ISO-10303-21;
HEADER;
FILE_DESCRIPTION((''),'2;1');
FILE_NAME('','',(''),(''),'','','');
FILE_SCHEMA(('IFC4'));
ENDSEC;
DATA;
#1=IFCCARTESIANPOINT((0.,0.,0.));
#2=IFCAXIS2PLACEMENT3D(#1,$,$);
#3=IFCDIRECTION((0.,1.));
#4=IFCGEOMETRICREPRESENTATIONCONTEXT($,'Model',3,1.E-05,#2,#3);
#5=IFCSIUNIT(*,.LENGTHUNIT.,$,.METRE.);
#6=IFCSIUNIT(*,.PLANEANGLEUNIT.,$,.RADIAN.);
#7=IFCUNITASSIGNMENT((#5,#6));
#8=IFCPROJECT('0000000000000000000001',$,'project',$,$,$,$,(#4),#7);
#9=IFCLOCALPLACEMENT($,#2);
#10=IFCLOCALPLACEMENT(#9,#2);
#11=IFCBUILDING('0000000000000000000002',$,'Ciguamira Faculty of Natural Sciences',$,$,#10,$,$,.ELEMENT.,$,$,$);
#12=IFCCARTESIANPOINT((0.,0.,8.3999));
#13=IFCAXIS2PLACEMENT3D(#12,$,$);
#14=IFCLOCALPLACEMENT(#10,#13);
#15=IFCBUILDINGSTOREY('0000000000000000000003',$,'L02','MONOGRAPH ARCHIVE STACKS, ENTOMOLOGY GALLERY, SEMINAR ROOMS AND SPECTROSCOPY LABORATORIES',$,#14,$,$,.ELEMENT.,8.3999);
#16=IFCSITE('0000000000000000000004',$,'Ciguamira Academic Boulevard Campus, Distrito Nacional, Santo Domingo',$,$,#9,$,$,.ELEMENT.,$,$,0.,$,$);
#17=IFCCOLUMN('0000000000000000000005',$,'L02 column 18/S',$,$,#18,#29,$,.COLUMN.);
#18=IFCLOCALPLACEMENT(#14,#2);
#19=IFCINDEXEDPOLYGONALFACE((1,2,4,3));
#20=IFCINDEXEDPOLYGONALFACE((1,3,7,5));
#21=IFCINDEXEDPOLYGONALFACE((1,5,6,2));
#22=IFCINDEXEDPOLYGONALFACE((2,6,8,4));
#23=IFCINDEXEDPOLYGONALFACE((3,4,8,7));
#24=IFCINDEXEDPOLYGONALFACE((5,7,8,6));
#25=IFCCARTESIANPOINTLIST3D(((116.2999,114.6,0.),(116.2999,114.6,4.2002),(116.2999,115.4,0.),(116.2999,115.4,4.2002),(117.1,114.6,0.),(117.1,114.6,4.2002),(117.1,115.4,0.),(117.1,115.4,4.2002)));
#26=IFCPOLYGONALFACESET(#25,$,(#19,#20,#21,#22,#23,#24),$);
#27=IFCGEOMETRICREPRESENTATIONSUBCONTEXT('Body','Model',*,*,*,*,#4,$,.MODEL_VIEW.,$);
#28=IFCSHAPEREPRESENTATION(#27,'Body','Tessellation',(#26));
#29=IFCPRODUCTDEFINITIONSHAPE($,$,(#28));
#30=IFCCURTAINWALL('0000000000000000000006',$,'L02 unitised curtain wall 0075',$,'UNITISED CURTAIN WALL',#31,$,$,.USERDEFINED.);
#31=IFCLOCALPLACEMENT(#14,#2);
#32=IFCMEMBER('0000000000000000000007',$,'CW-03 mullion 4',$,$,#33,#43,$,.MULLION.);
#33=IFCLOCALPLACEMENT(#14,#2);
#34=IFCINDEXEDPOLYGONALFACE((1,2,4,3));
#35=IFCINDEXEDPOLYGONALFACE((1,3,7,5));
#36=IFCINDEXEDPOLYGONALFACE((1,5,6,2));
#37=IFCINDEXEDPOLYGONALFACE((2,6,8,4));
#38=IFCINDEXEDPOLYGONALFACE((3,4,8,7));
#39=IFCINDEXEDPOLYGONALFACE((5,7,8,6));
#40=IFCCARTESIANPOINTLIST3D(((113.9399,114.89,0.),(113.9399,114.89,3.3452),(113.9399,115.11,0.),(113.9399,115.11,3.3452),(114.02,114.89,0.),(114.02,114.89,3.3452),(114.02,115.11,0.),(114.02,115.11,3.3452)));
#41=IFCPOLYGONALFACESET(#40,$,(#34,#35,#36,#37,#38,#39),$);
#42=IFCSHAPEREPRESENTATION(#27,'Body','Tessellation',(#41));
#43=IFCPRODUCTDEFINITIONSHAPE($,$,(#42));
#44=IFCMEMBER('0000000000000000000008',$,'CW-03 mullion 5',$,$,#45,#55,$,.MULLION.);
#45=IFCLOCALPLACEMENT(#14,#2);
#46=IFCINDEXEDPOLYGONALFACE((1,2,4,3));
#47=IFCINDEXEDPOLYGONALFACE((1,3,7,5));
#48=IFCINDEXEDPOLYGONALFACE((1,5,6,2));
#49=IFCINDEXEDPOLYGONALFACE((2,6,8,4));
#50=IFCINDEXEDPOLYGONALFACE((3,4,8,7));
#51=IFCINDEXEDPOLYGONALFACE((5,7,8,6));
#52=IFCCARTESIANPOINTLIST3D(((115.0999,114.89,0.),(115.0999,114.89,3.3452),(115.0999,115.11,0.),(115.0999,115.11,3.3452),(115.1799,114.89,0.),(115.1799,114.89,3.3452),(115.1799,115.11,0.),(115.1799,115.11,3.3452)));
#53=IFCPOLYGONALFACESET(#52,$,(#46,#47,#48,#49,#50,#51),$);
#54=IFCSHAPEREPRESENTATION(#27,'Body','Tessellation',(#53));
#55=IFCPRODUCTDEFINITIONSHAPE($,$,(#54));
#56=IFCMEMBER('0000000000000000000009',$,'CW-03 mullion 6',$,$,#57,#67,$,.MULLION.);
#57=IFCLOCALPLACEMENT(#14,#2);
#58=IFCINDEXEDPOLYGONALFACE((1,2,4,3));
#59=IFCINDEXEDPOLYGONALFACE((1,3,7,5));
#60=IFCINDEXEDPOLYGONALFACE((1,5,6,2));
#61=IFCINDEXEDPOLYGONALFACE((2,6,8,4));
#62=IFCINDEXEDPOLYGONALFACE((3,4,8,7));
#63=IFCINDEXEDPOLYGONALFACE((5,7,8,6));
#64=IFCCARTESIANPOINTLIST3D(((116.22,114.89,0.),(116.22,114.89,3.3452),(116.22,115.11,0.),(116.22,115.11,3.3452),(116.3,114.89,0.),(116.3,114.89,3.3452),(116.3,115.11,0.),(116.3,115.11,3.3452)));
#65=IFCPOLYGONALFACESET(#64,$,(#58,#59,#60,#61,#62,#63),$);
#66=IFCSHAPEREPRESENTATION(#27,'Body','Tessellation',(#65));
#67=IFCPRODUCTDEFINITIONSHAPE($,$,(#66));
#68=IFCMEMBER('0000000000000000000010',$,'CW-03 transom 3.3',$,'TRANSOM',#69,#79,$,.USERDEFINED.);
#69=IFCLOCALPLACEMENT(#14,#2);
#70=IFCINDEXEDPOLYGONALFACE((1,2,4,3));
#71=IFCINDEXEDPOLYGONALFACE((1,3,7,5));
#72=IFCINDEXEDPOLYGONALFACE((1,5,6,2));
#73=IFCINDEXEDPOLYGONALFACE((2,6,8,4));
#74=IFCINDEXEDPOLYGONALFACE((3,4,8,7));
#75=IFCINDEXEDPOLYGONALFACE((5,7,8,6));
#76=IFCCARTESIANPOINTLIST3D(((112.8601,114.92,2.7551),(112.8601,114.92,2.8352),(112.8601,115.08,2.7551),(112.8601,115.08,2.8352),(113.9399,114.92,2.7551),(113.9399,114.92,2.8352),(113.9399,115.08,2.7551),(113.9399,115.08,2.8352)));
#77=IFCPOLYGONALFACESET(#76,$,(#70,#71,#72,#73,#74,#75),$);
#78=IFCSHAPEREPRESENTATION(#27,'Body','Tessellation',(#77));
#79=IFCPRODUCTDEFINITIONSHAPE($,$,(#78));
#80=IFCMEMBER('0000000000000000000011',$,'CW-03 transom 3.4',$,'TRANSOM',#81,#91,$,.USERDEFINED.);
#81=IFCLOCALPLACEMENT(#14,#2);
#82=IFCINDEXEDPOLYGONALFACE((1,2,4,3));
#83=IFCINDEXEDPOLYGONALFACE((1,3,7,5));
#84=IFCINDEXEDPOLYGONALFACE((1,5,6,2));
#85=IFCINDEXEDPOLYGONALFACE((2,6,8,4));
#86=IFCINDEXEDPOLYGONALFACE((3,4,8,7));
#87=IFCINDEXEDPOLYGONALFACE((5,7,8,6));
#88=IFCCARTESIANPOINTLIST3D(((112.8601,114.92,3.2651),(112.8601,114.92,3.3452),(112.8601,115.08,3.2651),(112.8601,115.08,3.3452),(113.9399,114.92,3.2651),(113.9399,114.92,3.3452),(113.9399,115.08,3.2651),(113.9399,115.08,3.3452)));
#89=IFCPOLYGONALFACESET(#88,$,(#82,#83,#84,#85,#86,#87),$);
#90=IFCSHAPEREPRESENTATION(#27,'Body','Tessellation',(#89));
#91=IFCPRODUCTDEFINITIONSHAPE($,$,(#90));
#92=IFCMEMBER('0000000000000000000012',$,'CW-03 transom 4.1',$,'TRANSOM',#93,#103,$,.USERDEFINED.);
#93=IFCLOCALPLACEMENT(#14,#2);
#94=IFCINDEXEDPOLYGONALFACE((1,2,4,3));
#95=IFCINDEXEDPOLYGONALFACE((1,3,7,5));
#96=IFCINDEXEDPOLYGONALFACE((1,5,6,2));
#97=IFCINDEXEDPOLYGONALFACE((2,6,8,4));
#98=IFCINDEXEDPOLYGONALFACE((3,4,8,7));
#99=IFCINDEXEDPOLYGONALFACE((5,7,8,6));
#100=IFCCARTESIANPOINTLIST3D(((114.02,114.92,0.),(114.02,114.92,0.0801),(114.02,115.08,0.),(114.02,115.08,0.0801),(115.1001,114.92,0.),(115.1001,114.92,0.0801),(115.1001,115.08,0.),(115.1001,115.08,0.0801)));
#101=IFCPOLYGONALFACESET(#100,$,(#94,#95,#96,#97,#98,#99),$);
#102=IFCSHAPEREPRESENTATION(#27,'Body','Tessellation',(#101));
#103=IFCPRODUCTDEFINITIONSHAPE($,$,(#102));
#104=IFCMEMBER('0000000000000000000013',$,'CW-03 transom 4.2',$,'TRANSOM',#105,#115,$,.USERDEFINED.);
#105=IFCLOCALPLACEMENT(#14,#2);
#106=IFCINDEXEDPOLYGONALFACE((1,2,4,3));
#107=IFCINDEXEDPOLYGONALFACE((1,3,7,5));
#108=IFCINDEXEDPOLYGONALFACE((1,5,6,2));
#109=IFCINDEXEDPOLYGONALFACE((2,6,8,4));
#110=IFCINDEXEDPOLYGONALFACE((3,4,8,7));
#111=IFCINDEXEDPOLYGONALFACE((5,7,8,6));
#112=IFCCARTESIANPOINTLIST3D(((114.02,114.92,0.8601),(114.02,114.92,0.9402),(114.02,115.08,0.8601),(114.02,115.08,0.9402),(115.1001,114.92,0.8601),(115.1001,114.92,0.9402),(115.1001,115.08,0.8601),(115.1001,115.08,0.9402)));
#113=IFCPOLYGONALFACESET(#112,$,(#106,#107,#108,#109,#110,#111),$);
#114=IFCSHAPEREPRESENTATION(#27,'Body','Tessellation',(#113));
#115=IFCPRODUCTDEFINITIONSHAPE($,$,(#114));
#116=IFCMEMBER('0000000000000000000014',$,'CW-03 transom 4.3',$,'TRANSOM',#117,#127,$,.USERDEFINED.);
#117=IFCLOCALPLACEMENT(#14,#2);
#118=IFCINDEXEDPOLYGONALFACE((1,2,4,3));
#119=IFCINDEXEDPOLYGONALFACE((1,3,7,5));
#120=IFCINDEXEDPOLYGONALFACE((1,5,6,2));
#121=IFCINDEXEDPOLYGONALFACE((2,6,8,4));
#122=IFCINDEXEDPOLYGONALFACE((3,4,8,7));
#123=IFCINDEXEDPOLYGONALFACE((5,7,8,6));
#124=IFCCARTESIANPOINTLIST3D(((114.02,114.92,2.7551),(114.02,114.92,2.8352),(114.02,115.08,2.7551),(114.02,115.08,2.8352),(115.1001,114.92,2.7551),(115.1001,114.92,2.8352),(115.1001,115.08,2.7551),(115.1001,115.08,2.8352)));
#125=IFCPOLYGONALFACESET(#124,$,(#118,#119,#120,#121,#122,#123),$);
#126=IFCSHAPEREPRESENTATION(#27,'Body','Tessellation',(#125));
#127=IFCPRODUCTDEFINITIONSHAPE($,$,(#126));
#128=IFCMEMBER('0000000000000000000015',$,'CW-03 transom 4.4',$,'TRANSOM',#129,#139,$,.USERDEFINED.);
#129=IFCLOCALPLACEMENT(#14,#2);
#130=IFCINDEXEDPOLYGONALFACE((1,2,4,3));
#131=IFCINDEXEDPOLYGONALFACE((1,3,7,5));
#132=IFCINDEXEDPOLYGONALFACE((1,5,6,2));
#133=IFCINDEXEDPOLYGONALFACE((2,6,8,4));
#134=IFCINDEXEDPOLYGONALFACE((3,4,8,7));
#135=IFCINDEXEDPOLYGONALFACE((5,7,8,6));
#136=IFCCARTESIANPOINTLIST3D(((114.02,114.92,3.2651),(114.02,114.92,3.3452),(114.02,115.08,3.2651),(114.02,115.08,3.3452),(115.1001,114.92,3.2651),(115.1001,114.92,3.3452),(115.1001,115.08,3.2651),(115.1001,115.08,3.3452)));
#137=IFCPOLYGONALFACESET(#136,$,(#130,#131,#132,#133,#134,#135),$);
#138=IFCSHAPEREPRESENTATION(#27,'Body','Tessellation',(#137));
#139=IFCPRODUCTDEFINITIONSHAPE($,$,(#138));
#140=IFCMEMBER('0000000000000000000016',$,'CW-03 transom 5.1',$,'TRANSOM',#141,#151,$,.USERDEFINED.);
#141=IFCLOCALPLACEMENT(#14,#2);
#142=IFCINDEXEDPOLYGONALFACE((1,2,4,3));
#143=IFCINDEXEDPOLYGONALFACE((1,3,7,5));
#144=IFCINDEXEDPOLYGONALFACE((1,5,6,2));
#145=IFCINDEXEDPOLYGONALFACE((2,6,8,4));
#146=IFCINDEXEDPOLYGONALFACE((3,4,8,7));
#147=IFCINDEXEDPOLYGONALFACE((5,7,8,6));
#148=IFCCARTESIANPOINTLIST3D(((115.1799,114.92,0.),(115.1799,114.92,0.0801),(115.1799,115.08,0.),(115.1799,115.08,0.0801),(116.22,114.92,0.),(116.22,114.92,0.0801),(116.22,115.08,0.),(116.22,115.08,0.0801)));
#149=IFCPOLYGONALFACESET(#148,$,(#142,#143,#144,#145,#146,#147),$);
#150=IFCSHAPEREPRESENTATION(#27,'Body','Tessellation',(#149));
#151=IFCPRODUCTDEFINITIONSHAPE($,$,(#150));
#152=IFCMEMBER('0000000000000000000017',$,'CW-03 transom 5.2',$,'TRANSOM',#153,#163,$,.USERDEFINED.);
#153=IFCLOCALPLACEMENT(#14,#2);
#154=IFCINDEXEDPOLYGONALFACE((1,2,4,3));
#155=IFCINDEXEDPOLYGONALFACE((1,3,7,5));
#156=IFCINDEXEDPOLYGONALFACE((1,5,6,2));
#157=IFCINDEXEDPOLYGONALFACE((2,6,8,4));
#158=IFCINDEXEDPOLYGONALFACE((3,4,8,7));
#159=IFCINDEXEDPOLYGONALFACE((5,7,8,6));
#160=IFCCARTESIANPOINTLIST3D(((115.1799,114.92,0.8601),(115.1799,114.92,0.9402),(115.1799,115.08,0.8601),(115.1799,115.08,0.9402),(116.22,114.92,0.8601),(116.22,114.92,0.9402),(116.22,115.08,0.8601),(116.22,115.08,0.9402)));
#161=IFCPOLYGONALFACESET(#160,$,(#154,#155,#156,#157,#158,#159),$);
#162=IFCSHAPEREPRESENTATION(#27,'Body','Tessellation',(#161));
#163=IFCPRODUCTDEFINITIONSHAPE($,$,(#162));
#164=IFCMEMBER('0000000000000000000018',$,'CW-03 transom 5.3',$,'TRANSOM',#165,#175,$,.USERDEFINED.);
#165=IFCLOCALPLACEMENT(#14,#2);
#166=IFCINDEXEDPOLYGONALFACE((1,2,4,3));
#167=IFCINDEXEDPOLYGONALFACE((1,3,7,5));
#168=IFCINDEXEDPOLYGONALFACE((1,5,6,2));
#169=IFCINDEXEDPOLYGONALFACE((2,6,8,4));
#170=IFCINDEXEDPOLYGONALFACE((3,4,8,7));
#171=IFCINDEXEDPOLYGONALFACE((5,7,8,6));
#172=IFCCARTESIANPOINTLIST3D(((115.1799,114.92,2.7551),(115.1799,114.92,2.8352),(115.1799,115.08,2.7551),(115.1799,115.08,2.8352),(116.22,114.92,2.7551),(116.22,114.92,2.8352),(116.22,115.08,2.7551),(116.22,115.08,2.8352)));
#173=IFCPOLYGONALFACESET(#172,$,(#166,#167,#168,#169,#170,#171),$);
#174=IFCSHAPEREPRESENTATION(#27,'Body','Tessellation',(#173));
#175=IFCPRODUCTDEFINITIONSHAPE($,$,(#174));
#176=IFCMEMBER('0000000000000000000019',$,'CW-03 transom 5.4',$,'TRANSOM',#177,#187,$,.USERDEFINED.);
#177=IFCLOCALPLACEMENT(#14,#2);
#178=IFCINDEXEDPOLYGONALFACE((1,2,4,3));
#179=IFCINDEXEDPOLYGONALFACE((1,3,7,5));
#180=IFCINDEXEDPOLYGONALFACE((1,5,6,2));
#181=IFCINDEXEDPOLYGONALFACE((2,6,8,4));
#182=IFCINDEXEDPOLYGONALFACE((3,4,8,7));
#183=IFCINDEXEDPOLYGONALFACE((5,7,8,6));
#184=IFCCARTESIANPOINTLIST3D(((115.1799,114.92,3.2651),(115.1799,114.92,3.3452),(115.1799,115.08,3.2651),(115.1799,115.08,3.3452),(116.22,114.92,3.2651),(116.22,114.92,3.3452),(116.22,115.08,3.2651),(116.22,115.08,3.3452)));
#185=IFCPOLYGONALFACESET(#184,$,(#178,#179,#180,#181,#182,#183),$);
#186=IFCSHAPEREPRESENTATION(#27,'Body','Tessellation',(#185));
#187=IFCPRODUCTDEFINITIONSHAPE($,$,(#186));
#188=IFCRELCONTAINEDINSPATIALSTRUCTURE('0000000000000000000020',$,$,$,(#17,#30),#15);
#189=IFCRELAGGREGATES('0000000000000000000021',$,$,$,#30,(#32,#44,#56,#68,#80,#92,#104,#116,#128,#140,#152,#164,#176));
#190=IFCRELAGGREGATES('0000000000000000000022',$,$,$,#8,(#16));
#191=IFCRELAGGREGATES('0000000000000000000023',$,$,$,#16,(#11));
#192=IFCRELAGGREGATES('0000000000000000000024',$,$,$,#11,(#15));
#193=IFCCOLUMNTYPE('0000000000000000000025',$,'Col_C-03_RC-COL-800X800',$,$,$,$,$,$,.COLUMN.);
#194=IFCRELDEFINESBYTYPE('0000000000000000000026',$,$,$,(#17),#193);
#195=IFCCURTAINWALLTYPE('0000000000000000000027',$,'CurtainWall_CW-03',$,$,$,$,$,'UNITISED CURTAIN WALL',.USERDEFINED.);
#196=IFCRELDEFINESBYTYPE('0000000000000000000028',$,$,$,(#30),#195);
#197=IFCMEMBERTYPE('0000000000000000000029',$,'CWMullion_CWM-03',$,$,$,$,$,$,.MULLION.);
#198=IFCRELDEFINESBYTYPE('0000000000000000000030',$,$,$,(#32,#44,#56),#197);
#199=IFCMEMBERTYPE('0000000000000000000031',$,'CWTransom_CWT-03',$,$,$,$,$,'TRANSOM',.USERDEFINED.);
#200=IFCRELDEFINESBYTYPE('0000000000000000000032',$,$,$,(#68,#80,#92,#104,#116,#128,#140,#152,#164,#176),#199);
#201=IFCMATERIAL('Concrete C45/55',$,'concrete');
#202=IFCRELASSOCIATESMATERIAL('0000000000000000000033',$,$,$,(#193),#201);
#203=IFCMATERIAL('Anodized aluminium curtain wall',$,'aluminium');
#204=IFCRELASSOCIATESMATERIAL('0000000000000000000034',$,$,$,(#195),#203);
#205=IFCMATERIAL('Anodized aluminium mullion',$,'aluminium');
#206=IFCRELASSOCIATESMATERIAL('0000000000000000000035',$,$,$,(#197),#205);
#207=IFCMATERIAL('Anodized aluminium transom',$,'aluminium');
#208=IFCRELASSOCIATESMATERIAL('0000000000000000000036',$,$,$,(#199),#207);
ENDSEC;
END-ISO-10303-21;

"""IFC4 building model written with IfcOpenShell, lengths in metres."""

from ifc_helpers import new_model, si_unit, direction, frame, origin, origin_2d, place, context, subcontext, project, spatial, rectangle, extrude, material, material_profile, profile_set, type_object, element, aggregate, save


model = new_model("IFC4")

# Units and contexts
model_context = context("Model", 3, precision=1e-05, world=origin(), true_north=direction((0.0, 1.0)))
body_context = subcontext(model_context, "Body", "Model", "MODEL_VIEW")
ifc_project = project(units=[si_unit("LENGTHUNIT", "METRE"), si_unit("PLANEANGLEUNIT", "RADIAN")], contexts=[model_context])

# Site, building, storey
site_placement = place(None, origin())
site = spatial("IfcSite", under=ifc_project, at=site_placement, Name="Ciguamira Academic Boulevard Campus, Distrito Nacional, Santo Domingo", CompositionType="ELEMENT", RefElevation=0.0)
building_placement = place(site_placement, origin())
building = spatial("IfcBuilding", under=site, at=building_placement, Name="Ciguamira Faculty of Natural Sciences", CompositionType="ELEMENT")
storey_placement = place(building_placement, frame((0.0, 0.0, 8.3999)))
storey = spatial("IfcBuildingStorey", under=building, at=storey_placement, Name="L02", Description="MONOGRAPH ARCHIVE STACKS, ENTOMOLOGY GALLERY, SEMINAR ROOMS AND SPECTROSCOPY LABORATORIES", CompositionType="ELEMENT", Elevation=8.3999)

# Column
ifc_material_1 = material(Name="Concrete C45/55", Category="concrete")
ifc_material_profile_1 = material_profile(ifc_material_1, rectangle(XDim=0.8, YDim=0.8, at=origin_2d()), Name="RC-COL-800X800")
ifc_profile_set_1 = profile_set([ifc_material_profile_1], Name="Concrete C45/55")
column_type = type_object("IfcColumnType", Name="Col_C-03_RC-COL-800X800", PredefinedType="COLUMN", material=ifc_profile_set_1)
column_placement = place(storey_placement, frame((116.7, 115.0, 0.0), z_axis=(0.0, 0.0, 1.0), x_axis=(1.0, 0.0, 0.0)))
element("IfcColumn", 1, at=column_placement, inside=storey, type_object=column_type, Name="L02 column 18/S", PredefinedType="COLUMN", context=body_context, shape_type="SweptSolid", body=[
    extrude(rectangle(XDim=0.8, YDim=0.8, at=origin_2d()), origin(), (0.0, 0.0, 1.0), 4.2002),
])

# Curtain wall, members
ifc_material_2 = material(Name="Anodized aluminium curtain wall", Category="aluminium")
curtain_wall_type = type_object("IfcCurtainWallType", Name="CurtainWall_CW-03", ElementType="UNITISED CURTAIN WALL", PredefinedType="USERDEFINED", material=ifc_material_2)
curtain_wall_placement = place(storey_placement, origin())
curtain_wall = element("IfcCurtainWall", 2, at=curtain_wall_placement, inside=storey, type_object=curtain_wall_type, Name="L02 unitised curtain wall 0075", ObjectType="UNITISED CURTAIN WALL", PredefinedType="USERDEFINED")
ifc_material_3 = material(Name="Anodized aluminium mullion", Category="aluminium")
ifc_material_profile_2 = material_profile(ifc_material_3, rectangle(XDim=0.0801, YDim=0.22, at=origin_2d()), Name="ALU-MUL-80X220")
ifc_profile_set_2 = profile_set([ifc_material_profile_2], Name="Anodized aluminium mullion")
member_type_1 = type_object("IfcMemberType", Name="CWMullion_CWM-03", PredefinedType="MULLION", material=ifc_profile_set_2)
member_1_placement = place(storey_placement, frame((113.98, 115.0, 0.0), z_axis=(0.0, 0.0, 1.0), x_axis=(1.0, 0.0, 0.0)))
member_1 = element("IfcMember", 3, at=member_1_placement, type_object=member_type_1, Name="CW-03 mullion 4", PredefinedType="MULLION", context=body_context, shape_type="SweptSolid", body=[
    extrude(rectangle(XDim=0.0801, YDim=0.22, at=origin_2d()), origin(), (0.0, 0.0, 1.0), 3.3452),
])
member_2_placement = place(storey_placement, frame((115.1399, 115.0, 0.0), z_axis=(0.0, 0.0, 1.0), x_axis=(1.0, 0.0, 0.0)))
member_2 = element("IfcMember", 4, at=member_2_placement, type_object=member_type_1, Name="CW-03 mullion 5", PredefinedType="MULLION", context=body_context, shape_type="SweptSolid", body=[
    extrude(rectangle(XDim=0.0801, YDim=0.22, at=origin_2d()), origin(), (0.0, 0.0, 1.0), 3.3452),
])
member_3_placement = place(storey_placement, frame((116.26, 115.0, 0.0), z_axis=(0.0, 0.0, 1.0), x_axis=(1.0, 0.0, 0.0)))
member_3 = element("IfcMember", 5, at=member_3_placement, type_object=member_type_1, Name="CW-03 mullion 6", PredefinedType="MULLION", context=body_context, shape_type="SweptSolid", body=[
    extrude(rectangle(XDim=0.0801, YDim=0.22, at=origin_2d()), origin(), (0.0, 0.0, 1.0), 3.3452),
])
ifc_material_4 = material(Name="Anodized aluminium transom", Category="aluminium")
ifc_material_profile_3 = material_profile(ifc_material_4, rectangle(XDim=0.0801, YDim=0.1599, at=origin_2d()), Name="ALU-TRN-80X160")
ifc_profile_set_3 = profile_set([ifc_material_profile_3], Name="Anodized aluminium transom")
member_type_2 = type_object("IfcMemberType", Name="CWTransom_CWT-03", ElementType="TRANSOM", PredefinedType="USERDEFINED", material=ifc_profile_set_3)
member_4_placement = place(storey_placement, frame((112.8601, 115.0, 2.7952), z_axis=(1.0, 0.0, 0.0), x_axis=(0.0, 0.0, 1.0)))
member_4 = element("IfcMember", 6, at=member_4_placement, type_object=member_type_2, Name="CW-03 transom 3.3", ObjectType="TRANSOM", PredefinedType="USERDEFINED", context=body_context, shape_type="SweptSolid", body=[
    extrude(rectangle(XDim=0.0801, YDim=0.1599, at=origin_2d()), origin(), (0.0, 0.0, 1.0), 1.0798),
])
member_5_placement = place(storey_placement, frame((112.8601, 115.0, 3.3052), z_axis=(1.0, 0.0, 0.0), x_axis=(0.0, 0.0, 1.0)))
member_5 = element("IfcMember", 7, at=member_5_placement, type_object=member_type_2, Name="CW-03 transom 3.4", ObjectType="TRANSOM", PredefinedType="USERDEFINED", context=body_context, shape_type="SweptSolid", body=[
    extrude(rectangle(XDim=0.0801, YDim=0.1599, at=origin_2d()), origin(), (0.0, 0.0, 1.0), 1.0798),
])
member_6_placement = place(storey_placement, frame((114.02, 115.0, 0.04), z_axis=(1.0, 0.0, 0.0), x_axis=(0.0, 0.0, 1.0)))
member_6 = element("IfcMember", 8, at=member_6_placement, type_object=member_type_2, Name="CW-03 transom 4.1", ObjectType="TRANSOM", PredefinedType="USERDEFINED", context=body_context, shape_type="SweptSolid", body=[
    extrude(rectangle(XDim=0.0801, YDim=0.1599, at=origin_2d()), origin(), (0.0, 0.0, 1.0), 1.0801),
])
member_7_placement = place(storey_placement, frame((114.02, 115.0, 0.9001), z_axis=(1.0, 0.0, 0.0), x_axis=(0.0, 0.0, 1.0)))
member_7 = element("IfcMember", 9, at=member_7_placement, type_object=member_type_2, Name="CW-03 transom 4.2", ObjectType="TRANSOM", PredefinedType="USERDEFINED", context=body_context, shape_type="SweptSolid", body=[
    extrude(rectangle(XDim=0.0801, YDim=0.1599, at=origin_2d()), origin(), (0.0, 0.0, 1.0), 1.0801),
])
member_8_placement = place(storey_placement, frame((114.02, 115.0, 2.7952), z_axis=(1.0, 0.0, 0.0), x_axis=(0.0, 0.0, 1.0)))
member_8 = element("IfcMember", 10, at=member_8_placement, type_object=member_type_2, Name="CW-03 transom 4.3", ObjectType="TRANSOM", PredefinedType="USERDEFINED", context=body_context, shape_type="SweptSolid", body=[
    extrude(rectangle(XDim=0.0801, YDim=0.1599, at=origin_2d()), origin(), (0.0, 0.0, 1.0), 1.0801),
])
member_9_placement = place(storey_placement, frame((114.02, 115.0, 3.3052), z_axis=(1.0, 0.0, 0.0), x_axis=(0.0, 0.0, 1.0)))
member_9 = element("IfcMember", 11, at=member_9_placement, type_object=member_type_2, Name="CW-03 transom 4.4", ObjectType="TRANSOM", PredefinedType="USERDEFINED", context=body_context, shape_type="SweptSolid", body=[
    extrude(rectangle(XDim=0.0801, YDim=0.1599, at=origin_2d()), origin(), (0.0, 0.0, 1.0), 1.0801),
])
member_10_placement = place(storey_placement, frame((115.1799, 115.0, 0.04), z_axis=(1.0, 0.0, 0.0), x_axis=(0.0, 0.0, 1.0)))
member_10 = element("IfcMember", 12, at=member_10_placement, type_object=member_type_2, Name="CW-03 transom 5.1", ObjectType="TRANSOM", PredefinedType="USERDEFINED", context=body_context, shape_type="SweptSolid", body=[
    extrude(rectangle(XDim=0.0801, YDim=0.1599, at=origin_2d()), origin(), (0.0, 0.0, 1.0), 1.04),
])
member_11_placement = place(storey_placement, frame((115.1799, 115.0, 0.9001), z_axis=(1.0, 0.0, 0.0), x_axis=(0.0, 0.0, 1.0)))
member_11 = element("IfcMember", 13, at=member_11_placement, type_object=member_type_2, Name="CW-03 transom 5.2", ObjectType="TRANSOM", PredefinedType="USERDEFINED", context=body_context, shape_type="SweptSolid", body=[
    extrude(rectangle(XDim=0.0801, YDim=0.1599, at=origin_2d()), origin(), (0.0, 0.0, 1.0), 1.04),
])
member_12_placement = place(storey_placement, frame((115.1799, 115.0, 2.7952), z_axis=(1.0, 0.0, 0.0), x_axis=(0.0, 0.0, 1.0)))
member_12 = element("IfcMember", 14, at=member_12_placement, type_object=member_type_2, Name="CW-03 transom 5.3", ObjectType="TRANSOM", PredefinedType="USERDEFINED", context=body_context, shape_type="SweptSolid", body=[
    extrude(rectangle(XDim=0.0801, YDim=0.1599, at=origin_2d()), origin(), (0.0, 0.0, 1.0), 1.04),
])
member_13_placement = place(storey_placement, frame((115.1799, 115.0, 3.3052), z_axis=(1.0, 0.0, 0.0), x_axis=(0.0, 0.0, 1.0)))
member_13 = element("IfcMember", 15, at=member_13_placement, type_object=member_type_2, Name="CW-03 transom 5.4", ObjectType="TRANSOM", PredefinedType="USERDEFINED", context=body_context, shape_type="SweptSolid", body=[
    extrude(rectangle(XDim=0.0801, YDim=0.1599, at=origin_2d()), origin(), (0.0, 0.0, 1.0), 1.04),
])
aggregate(curtain_wall, [member_1, member_2, member_3, member_4, member_5, member_6, member_7, member_8, member_9, member_10, member_11, member_12, member_13])

save(model, "model.ifc")
